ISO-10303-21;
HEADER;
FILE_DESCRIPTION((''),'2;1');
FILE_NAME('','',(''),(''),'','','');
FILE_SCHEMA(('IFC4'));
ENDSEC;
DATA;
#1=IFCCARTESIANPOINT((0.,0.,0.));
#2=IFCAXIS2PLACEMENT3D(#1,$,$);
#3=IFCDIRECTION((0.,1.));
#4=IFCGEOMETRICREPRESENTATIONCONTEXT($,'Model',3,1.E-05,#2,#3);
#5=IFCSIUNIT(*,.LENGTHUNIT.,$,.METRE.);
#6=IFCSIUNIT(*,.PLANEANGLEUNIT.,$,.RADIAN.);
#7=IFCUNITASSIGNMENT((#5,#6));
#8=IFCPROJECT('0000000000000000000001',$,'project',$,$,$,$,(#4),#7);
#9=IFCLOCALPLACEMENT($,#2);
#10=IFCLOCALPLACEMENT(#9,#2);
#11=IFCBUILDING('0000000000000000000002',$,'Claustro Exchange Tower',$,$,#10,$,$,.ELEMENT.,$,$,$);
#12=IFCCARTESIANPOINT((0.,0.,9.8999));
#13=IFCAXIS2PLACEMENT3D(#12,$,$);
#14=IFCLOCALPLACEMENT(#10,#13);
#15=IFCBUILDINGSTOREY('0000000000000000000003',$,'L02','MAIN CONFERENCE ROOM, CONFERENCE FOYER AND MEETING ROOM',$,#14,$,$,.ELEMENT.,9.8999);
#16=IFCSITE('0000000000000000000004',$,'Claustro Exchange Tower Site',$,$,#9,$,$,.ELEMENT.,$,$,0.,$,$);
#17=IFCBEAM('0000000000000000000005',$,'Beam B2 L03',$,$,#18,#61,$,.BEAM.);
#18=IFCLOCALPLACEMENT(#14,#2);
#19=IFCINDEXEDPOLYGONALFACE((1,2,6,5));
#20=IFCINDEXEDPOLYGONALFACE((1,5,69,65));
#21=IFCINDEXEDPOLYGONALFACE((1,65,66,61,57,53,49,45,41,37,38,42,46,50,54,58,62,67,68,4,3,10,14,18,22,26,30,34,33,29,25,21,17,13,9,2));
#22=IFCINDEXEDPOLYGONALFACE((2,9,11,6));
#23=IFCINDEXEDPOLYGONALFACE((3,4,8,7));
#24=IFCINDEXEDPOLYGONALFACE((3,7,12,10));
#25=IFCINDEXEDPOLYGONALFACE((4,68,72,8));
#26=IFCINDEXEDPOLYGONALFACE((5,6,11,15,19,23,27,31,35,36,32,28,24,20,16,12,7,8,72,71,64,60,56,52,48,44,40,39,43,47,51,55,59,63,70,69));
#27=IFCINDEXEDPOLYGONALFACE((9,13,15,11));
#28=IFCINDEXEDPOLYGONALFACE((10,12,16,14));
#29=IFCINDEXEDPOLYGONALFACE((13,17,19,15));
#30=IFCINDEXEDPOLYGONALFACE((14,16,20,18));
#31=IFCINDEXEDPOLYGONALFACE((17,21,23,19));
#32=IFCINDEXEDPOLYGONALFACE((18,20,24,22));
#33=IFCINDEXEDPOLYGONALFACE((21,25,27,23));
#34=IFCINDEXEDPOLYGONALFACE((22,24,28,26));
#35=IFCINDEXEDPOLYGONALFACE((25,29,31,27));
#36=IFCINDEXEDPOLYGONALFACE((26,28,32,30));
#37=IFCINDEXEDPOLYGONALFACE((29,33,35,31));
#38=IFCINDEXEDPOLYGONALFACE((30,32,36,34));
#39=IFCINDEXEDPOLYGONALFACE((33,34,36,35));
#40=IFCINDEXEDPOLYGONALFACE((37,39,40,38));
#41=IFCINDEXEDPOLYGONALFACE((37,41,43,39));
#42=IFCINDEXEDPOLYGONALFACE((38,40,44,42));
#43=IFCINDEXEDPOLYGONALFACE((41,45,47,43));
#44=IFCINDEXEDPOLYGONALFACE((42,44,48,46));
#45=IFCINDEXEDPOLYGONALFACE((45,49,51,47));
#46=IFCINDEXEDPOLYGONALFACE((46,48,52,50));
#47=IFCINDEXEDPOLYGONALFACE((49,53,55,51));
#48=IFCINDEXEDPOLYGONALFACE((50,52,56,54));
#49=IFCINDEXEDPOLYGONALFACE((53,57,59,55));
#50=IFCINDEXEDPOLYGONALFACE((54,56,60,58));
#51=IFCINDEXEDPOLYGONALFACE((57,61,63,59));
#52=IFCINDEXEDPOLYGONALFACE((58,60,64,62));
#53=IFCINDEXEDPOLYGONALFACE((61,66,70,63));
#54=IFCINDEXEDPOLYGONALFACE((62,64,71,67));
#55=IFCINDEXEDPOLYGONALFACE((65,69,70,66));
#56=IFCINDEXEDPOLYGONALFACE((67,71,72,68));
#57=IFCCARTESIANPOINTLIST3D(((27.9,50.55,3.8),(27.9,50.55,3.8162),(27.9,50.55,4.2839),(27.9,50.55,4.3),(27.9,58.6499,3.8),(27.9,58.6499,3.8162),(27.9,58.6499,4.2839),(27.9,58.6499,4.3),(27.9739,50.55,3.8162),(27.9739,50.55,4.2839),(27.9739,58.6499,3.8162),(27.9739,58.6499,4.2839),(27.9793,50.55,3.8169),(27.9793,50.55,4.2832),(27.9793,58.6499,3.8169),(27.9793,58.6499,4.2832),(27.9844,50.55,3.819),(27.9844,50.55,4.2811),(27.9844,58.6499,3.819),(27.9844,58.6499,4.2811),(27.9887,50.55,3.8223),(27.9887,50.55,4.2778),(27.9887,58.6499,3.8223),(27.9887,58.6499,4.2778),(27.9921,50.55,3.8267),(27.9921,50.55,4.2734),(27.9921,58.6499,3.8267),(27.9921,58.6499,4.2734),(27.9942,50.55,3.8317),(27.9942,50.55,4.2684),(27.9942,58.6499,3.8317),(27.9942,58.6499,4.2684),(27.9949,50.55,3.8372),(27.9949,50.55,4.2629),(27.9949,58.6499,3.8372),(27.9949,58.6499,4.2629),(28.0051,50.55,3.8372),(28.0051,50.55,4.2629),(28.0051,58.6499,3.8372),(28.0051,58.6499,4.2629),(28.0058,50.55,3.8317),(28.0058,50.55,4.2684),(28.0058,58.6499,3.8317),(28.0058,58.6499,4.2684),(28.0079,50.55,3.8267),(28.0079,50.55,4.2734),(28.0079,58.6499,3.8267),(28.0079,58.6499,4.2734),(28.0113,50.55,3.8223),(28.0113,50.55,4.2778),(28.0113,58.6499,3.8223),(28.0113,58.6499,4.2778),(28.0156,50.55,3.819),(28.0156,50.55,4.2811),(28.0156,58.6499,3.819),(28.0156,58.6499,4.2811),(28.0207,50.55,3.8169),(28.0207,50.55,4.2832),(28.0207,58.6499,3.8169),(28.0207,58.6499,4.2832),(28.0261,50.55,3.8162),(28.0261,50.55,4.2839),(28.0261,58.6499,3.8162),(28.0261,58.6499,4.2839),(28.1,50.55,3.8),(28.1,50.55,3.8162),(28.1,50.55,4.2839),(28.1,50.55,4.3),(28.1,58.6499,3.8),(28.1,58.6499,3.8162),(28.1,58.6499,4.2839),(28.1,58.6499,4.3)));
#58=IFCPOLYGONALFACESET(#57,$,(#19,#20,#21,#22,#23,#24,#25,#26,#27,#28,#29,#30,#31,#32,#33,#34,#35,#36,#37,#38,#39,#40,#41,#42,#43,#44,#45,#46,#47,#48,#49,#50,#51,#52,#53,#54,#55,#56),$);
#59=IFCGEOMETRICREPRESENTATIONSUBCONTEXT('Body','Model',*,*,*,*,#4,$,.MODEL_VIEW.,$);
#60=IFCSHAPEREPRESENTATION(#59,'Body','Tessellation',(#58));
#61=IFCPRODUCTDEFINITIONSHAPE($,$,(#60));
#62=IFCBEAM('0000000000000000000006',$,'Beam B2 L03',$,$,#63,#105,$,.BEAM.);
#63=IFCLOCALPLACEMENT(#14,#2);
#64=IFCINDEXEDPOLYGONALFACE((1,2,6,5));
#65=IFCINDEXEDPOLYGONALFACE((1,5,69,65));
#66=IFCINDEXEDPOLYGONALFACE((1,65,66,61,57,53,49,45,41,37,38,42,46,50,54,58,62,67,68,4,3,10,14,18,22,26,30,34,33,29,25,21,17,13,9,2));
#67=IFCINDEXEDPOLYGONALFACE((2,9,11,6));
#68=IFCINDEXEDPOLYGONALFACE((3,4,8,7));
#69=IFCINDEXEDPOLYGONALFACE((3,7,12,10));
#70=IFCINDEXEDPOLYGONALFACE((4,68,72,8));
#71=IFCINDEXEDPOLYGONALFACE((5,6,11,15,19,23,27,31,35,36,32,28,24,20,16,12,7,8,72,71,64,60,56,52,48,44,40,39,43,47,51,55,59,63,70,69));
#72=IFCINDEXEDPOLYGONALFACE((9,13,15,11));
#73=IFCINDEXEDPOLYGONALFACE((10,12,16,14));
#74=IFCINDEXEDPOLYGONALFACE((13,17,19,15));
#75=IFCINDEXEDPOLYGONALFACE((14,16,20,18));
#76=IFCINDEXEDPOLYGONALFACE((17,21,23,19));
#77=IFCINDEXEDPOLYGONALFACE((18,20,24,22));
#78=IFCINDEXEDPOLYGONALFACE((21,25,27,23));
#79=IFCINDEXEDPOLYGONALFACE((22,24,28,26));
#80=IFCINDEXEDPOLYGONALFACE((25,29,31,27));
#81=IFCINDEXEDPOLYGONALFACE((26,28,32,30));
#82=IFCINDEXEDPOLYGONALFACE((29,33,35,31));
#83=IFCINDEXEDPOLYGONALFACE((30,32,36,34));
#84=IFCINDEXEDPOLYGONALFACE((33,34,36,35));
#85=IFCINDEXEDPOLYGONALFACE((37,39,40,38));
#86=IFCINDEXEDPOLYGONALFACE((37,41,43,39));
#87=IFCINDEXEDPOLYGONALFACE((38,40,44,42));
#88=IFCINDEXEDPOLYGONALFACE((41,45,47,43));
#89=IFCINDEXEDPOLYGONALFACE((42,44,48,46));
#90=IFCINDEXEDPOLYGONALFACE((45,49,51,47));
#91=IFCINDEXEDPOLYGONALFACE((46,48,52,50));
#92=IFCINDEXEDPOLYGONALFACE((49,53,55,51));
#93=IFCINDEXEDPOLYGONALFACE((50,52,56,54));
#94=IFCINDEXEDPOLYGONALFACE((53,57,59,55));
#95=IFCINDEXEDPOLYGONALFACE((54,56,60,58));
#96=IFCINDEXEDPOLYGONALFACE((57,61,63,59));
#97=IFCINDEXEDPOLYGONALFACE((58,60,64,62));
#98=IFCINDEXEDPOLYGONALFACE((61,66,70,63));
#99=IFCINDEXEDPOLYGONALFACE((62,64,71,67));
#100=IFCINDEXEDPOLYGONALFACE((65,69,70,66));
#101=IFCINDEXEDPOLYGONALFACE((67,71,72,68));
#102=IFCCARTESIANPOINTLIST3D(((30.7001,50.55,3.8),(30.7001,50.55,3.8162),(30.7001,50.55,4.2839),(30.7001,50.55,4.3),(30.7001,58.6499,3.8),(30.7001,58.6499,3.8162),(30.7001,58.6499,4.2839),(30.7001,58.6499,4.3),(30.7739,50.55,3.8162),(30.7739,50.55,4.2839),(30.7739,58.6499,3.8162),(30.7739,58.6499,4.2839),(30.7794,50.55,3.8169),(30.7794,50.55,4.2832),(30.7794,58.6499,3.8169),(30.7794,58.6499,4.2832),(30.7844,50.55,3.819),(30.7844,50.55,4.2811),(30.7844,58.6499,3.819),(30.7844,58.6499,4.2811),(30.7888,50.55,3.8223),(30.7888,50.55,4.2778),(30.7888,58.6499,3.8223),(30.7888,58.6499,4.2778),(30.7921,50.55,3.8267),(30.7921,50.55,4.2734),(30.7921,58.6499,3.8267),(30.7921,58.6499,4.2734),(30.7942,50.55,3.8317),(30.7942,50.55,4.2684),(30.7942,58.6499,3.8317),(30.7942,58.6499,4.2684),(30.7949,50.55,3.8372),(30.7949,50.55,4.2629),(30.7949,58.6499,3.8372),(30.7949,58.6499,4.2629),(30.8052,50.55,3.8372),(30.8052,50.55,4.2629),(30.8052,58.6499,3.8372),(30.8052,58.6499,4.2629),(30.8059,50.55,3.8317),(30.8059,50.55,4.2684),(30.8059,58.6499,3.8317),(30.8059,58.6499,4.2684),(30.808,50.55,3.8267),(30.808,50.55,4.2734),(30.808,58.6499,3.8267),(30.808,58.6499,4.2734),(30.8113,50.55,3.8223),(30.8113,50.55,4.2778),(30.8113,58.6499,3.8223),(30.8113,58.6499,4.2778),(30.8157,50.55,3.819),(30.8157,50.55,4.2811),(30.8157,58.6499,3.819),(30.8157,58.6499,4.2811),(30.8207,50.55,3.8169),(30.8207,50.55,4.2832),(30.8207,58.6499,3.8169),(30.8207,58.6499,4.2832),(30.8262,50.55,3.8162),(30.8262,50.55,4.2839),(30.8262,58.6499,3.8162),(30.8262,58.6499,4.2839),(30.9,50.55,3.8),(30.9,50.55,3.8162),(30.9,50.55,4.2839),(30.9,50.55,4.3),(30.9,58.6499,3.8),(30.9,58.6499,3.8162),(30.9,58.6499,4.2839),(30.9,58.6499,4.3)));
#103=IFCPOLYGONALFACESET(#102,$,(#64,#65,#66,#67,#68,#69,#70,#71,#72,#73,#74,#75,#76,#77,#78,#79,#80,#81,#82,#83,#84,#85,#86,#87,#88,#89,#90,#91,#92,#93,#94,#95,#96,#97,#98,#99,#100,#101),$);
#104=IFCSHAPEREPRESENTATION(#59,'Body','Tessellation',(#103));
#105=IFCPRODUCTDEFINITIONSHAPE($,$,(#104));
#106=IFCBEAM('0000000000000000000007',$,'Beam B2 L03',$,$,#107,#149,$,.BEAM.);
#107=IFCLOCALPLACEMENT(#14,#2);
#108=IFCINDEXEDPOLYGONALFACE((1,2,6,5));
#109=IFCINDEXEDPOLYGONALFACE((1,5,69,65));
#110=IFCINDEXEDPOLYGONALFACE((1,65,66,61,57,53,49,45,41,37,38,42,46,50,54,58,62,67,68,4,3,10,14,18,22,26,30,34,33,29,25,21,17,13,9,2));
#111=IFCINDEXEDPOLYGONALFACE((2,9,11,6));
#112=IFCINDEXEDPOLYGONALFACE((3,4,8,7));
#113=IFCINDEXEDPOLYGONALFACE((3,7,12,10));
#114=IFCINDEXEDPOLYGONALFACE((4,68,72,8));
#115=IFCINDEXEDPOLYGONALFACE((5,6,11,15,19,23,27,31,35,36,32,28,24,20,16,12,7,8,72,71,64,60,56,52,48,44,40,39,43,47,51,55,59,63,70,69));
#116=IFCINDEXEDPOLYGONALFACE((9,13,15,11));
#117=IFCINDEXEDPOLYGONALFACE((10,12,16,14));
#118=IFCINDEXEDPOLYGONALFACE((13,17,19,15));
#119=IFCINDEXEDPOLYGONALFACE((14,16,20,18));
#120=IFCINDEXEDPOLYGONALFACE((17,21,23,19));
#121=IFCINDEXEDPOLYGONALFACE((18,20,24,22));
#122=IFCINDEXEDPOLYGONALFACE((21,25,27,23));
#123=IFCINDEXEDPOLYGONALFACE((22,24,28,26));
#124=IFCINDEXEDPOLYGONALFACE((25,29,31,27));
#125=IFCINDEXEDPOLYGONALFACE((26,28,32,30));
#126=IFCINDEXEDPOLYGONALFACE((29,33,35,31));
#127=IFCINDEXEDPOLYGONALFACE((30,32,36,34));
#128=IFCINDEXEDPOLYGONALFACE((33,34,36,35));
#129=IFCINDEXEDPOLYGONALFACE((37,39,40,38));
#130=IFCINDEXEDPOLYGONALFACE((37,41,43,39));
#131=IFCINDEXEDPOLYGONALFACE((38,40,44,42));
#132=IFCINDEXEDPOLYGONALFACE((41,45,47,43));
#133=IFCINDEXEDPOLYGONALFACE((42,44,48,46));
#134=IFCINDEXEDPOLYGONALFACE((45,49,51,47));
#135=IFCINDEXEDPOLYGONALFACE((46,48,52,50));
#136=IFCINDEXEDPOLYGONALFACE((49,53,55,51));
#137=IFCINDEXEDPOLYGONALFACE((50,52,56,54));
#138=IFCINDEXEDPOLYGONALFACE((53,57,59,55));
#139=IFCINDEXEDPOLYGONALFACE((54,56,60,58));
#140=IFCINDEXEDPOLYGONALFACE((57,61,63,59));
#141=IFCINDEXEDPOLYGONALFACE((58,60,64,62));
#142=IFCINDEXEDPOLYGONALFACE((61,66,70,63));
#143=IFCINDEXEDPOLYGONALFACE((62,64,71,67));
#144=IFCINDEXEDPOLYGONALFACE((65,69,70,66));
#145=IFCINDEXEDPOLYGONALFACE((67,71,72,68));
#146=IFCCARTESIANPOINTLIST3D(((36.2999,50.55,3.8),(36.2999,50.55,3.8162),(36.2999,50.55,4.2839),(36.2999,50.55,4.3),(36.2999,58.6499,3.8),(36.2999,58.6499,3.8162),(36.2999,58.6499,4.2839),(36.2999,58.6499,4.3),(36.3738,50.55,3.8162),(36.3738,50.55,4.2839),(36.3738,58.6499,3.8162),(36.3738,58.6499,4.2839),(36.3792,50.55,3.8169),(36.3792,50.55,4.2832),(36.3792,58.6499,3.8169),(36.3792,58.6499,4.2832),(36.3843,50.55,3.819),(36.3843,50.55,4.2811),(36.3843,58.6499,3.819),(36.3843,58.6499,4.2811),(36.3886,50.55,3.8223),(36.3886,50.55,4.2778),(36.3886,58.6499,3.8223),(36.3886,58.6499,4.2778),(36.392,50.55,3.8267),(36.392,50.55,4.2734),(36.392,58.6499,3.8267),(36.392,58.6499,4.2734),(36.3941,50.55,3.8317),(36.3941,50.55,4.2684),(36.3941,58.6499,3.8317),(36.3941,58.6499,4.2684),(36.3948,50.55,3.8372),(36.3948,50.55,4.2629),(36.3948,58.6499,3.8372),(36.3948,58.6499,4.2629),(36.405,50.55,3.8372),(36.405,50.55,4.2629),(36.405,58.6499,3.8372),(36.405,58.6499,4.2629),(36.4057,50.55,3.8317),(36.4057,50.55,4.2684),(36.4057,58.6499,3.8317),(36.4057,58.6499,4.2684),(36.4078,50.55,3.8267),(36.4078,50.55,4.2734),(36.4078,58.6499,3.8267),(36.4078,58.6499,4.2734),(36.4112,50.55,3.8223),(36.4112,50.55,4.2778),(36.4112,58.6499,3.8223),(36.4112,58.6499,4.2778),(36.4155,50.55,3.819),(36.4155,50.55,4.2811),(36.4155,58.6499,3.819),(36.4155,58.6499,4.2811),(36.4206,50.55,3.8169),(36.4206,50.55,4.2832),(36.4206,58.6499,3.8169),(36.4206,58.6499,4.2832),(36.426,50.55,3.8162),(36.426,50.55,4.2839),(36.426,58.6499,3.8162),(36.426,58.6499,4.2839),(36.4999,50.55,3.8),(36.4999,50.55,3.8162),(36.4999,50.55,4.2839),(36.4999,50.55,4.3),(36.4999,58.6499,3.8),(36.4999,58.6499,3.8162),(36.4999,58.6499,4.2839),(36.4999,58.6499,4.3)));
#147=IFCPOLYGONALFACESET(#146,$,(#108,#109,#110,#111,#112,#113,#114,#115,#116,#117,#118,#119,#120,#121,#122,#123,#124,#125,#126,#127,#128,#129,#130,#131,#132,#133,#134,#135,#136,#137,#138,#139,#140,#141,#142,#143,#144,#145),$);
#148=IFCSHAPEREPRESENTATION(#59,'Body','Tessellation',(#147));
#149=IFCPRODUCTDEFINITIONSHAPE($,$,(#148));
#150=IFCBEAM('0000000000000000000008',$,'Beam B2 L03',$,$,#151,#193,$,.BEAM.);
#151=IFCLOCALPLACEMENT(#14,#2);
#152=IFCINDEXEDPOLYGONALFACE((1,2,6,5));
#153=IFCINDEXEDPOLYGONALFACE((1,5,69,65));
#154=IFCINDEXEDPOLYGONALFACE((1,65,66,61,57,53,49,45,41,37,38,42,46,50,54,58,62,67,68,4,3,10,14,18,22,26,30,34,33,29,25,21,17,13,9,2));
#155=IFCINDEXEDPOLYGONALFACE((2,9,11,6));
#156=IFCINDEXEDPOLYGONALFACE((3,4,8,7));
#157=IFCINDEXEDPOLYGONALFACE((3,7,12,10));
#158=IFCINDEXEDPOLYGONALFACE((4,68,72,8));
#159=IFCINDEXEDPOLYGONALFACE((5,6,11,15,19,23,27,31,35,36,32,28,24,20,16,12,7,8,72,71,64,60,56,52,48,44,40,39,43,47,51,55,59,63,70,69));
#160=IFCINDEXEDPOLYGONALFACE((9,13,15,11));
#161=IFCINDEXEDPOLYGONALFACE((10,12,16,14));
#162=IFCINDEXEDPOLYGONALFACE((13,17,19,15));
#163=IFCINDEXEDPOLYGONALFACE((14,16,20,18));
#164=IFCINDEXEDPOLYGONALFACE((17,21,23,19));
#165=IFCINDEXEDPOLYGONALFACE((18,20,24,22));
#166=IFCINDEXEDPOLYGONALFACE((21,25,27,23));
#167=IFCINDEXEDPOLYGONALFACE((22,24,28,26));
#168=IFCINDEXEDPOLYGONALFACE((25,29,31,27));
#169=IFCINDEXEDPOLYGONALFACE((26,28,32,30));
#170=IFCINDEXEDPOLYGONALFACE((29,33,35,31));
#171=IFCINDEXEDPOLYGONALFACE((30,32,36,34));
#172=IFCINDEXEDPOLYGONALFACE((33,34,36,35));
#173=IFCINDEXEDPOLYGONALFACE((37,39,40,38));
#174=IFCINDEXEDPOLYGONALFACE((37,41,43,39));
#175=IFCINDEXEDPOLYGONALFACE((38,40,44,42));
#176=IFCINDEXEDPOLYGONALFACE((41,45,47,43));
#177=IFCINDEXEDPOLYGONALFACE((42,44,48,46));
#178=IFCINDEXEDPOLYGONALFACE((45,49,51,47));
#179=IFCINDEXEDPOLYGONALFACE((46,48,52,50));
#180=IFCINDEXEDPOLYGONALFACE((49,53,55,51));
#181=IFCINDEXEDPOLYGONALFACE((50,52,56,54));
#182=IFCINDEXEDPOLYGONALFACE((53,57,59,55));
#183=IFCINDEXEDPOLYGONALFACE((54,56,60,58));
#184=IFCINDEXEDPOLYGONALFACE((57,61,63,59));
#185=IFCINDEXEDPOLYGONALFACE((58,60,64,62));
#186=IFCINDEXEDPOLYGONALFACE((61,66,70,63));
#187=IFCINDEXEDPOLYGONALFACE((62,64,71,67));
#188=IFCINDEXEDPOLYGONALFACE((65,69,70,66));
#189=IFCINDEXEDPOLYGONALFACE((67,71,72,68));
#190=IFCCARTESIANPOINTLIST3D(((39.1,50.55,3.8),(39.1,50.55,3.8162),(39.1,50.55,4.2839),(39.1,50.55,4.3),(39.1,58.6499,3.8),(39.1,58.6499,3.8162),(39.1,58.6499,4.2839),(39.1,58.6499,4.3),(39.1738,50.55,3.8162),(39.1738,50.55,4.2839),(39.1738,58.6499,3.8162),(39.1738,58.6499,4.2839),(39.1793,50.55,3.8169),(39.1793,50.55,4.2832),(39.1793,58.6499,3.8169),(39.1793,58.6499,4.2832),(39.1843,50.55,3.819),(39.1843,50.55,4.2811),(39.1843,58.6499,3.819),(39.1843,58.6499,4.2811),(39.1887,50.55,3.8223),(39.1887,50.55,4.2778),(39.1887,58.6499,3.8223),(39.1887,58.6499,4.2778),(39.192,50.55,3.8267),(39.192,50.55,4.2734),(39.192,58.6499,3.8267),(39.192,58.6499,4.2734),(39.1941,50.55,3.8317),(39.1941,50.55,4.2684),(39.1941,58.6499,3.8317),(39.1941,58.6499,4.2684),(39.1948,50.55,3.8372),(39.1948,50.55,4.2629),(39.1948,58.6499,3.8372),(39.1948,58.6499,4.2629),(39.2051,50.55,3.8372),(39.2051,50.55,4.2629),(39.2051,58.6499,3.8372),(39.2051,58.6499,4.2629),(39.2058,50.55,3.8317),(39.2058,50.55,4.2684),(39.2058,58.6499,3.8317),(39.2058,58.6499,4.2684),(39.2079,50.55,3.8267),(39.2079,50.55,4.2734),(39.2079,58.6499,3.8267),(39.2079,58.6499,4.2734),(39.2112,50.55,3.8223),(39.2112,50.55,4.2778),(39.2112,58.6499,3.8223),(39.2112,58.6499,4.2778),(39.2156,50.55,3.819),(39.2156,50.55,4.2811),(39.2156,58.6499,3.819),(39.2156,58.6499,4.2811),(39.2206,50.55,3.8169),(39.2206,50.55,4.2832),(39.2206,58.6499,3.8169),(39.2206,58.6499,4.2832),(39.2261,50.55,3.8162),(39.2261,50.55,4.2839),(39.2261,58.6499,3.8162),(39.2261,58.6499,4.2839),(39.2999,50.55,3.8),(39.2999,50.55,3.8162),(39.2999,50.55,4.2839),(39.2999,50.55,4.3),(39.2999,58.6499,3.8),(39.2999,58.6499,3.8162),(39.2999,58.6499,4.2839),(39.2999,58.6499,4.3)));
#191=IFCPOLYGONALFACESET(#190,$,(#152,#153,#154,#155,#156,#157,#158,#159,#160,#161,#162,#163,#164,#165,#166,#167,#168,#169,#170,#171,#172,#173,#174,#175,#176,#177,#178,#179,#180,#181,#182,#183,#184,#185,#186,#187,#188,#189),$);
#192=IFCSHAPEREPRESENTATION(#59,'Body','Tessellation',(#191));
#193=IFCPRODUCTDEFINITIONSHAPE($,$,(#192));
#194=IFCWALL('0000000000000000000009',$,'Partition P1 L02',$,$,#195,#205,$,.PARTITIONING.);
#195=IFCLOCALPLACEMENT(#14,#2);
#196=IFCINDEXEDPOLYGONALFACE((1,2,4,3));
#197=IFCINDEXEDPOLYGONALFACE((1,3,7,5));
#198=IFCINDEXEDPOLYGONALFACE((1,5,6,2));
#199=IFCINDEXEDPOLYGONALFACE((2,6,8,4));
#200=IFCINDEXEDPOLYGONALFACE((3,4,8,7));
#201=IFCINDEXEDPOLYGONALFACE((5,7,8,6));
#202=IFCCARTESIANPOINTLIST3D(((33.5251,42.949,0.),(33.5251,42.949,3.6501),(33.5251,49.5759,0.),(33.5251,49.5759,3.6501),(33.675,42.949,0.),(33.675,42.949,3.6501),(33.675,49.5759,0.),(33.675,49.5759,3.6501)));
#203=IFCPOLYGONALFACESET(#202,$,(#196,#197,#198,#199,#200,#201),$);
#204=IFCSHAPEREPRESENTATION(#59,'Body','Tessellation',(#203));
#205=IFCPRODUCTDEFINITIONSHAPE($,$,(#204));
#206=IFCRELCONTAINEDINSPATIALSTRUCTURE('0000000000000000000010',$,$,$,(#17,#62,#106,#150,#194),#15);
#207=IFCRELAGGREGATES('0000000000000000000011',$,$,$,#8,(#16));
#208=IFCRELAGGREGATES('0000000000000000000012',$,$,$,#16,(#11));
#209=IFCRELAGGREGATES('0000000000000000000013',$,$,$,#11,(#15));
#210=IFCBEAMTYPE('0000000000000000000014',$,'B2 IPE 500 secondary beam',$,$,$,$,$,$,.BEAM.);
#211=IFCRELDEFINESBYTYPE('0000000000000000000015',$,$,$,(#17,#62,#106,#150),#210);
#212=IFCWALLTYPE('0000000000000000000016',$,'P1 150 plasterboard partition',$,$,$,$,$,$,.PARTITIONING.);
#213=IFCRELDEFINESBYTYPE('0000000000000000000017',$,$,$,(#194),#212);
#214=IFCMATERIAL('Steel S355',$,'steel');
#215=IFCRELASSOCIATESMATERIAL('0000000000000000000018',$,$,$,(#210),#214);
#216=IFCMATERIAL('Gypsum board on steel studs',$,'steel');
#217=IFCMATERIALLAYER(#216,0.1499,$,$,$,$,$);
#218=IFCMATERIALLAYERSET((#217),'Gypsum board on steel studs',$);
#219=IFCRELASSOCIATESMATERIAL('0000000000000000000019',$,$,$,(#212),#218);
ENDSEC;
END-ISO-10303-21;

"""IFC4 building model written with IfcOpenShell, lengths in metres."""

from ifc_helpers import new_model, si_unit, direction, frame, frame_2d, origin, origin_2d, place, context, subcontext, project, spatial, rectangle, i_section, extrude, material, layer, layer_set, material_profile, profile_set, type_object, element, save


model = new_model("IFC4")

# Units and contexts
model_context = context("Model", 3, precision=1e-05, world=origin(), true_north=direction((0.0, 1.0)))
body_context = subcontext(model_context, "Body", "Model", "MODEL_VIEW")
ifc_project = project(units=[si_unit("LENGTHUNIT", "METRE"), si_unit("PLANEANGLEUNIT", "RADIAN")], contexts=[model_context])

# Site, building, storey
site_placement = place(None, origin())
site = spatial("IfcSite", under=ifc_project, at=site_placement, Name="Claustro Exchange Tower Site", CompositionType="ELEMENT", RefElevation=0.0)
building_placement = place(site_placement, origin())
building = spatial("IfcBuilding", under=site, at=building_placement, Name="Claustro Exchange Tower", CompositionType="ELEMENT")
storey_placement = place(building_placement, frame((0.0, 0.0, 9.8999)))
storey = spatial("IfcBuildingStorey", under=building, at=storey_placement, Name="L02", Description="MAIN CONFERENCE ROOM, CONFERENCE FOYER AND MEETING ROOM", CompositionType="ELEMENT", Elevation=9.8999)

# Beams
ifc_material_1 = material(Name="Steel S355", Category="steel")
ifc_material_profile_1 = material_profile(ifc_material_1, i_section(OverallWidth=0.2, OverallDepth=0.5, WebThickness=0.0103, FlangeThickness=0.0161, FilletRadius=0.021, at=origin_2d()), Name="IPE 500")
ifc_profile_set_1 = profile_set([ifc_material_profile_1], Name="Steel S355")
beam_type_1 = type_object("IfcBeamType", Name="B2 IPE 500 secondary beam", PredefinedType="BEAM", material=ifc_profile_set_1)
for number, where, z_axis, x_axis, name in (
    (1, (28.0, 50.55, 4.05), (0.0, 1.0, 0.0), (-1.0, 0.0, 0.0), "Beam B2 L03"),
    (2, (30.8, 50.55, 4.05), (0.0, 1.0, 0.0), (-1.0, 0.0, 0.0), "Beam B2 L03"),
    (3, (36.3999, 50.55, 4.05), (0.0, 1.0, 0.0), (-1.0, 0.0, 0.0), "Beam B2 L03"),
    (4, (39.2, 50.55, 4.05), (0.0, 1.0, 0.0), (-1.0, 0.0, 0.0), "Beam B2 L03"),
):
    element("IfcBeam", number, at=place(storey_placement, frame(where, z_axis=z_axis, x_axis=x_axis)), inside=storey, type_object=beam_type_1, Name=name, PredefinedType="BEAM", context=body_context, shape_type="SweptSolid", body=[
        extrude(i_section(OverallWidth=0.2, OverallDepth=0.5, WebThickness=0.0103, FlangeThickness=0.0161, FilletRadius=0.021, at=origin_2d()), origin(), (0.0, 0.0, 1.0), 8.0999),
    ])

# Wall
ifc_material_2 = material(Name="Gypsum board on steel studs", Category="steel")
ifc_layer_1 = layer(ifc_material_2, 0.1499)
ifc_layer_set_1 = layer_set([ifc_layer_1], Name="Gypsum board on steel studs")
wall_type_1 = type_object("IfcWallType", Name="P1 150 plasterboard partition", PredefinedType="PARTITIONING", material=ifc_layer_set_1)
wall_1_placement = place(storey_placement, frame((33.6001, 42.949, 0.0), z_axis=(0.0, 0.0, 1.0), x_axis=(0.0, 1.0, 0.0)))
element("IfcWall", 5, at=wall_1_placement, inside=storey, type_object=wall_type_1, Name="Partition P1 L02", PredefinedType="PARTITIONING", context=body_context, shape_type="SweptSolid", body=[
    extrude(rectangle(XDim=6.627, YDim=0.1499, at=frame_2d((3.3135, 0.0))), origin(), (0.0, 0.0, 1.0), 3.6501),
])

save(model, "model.ifc")
